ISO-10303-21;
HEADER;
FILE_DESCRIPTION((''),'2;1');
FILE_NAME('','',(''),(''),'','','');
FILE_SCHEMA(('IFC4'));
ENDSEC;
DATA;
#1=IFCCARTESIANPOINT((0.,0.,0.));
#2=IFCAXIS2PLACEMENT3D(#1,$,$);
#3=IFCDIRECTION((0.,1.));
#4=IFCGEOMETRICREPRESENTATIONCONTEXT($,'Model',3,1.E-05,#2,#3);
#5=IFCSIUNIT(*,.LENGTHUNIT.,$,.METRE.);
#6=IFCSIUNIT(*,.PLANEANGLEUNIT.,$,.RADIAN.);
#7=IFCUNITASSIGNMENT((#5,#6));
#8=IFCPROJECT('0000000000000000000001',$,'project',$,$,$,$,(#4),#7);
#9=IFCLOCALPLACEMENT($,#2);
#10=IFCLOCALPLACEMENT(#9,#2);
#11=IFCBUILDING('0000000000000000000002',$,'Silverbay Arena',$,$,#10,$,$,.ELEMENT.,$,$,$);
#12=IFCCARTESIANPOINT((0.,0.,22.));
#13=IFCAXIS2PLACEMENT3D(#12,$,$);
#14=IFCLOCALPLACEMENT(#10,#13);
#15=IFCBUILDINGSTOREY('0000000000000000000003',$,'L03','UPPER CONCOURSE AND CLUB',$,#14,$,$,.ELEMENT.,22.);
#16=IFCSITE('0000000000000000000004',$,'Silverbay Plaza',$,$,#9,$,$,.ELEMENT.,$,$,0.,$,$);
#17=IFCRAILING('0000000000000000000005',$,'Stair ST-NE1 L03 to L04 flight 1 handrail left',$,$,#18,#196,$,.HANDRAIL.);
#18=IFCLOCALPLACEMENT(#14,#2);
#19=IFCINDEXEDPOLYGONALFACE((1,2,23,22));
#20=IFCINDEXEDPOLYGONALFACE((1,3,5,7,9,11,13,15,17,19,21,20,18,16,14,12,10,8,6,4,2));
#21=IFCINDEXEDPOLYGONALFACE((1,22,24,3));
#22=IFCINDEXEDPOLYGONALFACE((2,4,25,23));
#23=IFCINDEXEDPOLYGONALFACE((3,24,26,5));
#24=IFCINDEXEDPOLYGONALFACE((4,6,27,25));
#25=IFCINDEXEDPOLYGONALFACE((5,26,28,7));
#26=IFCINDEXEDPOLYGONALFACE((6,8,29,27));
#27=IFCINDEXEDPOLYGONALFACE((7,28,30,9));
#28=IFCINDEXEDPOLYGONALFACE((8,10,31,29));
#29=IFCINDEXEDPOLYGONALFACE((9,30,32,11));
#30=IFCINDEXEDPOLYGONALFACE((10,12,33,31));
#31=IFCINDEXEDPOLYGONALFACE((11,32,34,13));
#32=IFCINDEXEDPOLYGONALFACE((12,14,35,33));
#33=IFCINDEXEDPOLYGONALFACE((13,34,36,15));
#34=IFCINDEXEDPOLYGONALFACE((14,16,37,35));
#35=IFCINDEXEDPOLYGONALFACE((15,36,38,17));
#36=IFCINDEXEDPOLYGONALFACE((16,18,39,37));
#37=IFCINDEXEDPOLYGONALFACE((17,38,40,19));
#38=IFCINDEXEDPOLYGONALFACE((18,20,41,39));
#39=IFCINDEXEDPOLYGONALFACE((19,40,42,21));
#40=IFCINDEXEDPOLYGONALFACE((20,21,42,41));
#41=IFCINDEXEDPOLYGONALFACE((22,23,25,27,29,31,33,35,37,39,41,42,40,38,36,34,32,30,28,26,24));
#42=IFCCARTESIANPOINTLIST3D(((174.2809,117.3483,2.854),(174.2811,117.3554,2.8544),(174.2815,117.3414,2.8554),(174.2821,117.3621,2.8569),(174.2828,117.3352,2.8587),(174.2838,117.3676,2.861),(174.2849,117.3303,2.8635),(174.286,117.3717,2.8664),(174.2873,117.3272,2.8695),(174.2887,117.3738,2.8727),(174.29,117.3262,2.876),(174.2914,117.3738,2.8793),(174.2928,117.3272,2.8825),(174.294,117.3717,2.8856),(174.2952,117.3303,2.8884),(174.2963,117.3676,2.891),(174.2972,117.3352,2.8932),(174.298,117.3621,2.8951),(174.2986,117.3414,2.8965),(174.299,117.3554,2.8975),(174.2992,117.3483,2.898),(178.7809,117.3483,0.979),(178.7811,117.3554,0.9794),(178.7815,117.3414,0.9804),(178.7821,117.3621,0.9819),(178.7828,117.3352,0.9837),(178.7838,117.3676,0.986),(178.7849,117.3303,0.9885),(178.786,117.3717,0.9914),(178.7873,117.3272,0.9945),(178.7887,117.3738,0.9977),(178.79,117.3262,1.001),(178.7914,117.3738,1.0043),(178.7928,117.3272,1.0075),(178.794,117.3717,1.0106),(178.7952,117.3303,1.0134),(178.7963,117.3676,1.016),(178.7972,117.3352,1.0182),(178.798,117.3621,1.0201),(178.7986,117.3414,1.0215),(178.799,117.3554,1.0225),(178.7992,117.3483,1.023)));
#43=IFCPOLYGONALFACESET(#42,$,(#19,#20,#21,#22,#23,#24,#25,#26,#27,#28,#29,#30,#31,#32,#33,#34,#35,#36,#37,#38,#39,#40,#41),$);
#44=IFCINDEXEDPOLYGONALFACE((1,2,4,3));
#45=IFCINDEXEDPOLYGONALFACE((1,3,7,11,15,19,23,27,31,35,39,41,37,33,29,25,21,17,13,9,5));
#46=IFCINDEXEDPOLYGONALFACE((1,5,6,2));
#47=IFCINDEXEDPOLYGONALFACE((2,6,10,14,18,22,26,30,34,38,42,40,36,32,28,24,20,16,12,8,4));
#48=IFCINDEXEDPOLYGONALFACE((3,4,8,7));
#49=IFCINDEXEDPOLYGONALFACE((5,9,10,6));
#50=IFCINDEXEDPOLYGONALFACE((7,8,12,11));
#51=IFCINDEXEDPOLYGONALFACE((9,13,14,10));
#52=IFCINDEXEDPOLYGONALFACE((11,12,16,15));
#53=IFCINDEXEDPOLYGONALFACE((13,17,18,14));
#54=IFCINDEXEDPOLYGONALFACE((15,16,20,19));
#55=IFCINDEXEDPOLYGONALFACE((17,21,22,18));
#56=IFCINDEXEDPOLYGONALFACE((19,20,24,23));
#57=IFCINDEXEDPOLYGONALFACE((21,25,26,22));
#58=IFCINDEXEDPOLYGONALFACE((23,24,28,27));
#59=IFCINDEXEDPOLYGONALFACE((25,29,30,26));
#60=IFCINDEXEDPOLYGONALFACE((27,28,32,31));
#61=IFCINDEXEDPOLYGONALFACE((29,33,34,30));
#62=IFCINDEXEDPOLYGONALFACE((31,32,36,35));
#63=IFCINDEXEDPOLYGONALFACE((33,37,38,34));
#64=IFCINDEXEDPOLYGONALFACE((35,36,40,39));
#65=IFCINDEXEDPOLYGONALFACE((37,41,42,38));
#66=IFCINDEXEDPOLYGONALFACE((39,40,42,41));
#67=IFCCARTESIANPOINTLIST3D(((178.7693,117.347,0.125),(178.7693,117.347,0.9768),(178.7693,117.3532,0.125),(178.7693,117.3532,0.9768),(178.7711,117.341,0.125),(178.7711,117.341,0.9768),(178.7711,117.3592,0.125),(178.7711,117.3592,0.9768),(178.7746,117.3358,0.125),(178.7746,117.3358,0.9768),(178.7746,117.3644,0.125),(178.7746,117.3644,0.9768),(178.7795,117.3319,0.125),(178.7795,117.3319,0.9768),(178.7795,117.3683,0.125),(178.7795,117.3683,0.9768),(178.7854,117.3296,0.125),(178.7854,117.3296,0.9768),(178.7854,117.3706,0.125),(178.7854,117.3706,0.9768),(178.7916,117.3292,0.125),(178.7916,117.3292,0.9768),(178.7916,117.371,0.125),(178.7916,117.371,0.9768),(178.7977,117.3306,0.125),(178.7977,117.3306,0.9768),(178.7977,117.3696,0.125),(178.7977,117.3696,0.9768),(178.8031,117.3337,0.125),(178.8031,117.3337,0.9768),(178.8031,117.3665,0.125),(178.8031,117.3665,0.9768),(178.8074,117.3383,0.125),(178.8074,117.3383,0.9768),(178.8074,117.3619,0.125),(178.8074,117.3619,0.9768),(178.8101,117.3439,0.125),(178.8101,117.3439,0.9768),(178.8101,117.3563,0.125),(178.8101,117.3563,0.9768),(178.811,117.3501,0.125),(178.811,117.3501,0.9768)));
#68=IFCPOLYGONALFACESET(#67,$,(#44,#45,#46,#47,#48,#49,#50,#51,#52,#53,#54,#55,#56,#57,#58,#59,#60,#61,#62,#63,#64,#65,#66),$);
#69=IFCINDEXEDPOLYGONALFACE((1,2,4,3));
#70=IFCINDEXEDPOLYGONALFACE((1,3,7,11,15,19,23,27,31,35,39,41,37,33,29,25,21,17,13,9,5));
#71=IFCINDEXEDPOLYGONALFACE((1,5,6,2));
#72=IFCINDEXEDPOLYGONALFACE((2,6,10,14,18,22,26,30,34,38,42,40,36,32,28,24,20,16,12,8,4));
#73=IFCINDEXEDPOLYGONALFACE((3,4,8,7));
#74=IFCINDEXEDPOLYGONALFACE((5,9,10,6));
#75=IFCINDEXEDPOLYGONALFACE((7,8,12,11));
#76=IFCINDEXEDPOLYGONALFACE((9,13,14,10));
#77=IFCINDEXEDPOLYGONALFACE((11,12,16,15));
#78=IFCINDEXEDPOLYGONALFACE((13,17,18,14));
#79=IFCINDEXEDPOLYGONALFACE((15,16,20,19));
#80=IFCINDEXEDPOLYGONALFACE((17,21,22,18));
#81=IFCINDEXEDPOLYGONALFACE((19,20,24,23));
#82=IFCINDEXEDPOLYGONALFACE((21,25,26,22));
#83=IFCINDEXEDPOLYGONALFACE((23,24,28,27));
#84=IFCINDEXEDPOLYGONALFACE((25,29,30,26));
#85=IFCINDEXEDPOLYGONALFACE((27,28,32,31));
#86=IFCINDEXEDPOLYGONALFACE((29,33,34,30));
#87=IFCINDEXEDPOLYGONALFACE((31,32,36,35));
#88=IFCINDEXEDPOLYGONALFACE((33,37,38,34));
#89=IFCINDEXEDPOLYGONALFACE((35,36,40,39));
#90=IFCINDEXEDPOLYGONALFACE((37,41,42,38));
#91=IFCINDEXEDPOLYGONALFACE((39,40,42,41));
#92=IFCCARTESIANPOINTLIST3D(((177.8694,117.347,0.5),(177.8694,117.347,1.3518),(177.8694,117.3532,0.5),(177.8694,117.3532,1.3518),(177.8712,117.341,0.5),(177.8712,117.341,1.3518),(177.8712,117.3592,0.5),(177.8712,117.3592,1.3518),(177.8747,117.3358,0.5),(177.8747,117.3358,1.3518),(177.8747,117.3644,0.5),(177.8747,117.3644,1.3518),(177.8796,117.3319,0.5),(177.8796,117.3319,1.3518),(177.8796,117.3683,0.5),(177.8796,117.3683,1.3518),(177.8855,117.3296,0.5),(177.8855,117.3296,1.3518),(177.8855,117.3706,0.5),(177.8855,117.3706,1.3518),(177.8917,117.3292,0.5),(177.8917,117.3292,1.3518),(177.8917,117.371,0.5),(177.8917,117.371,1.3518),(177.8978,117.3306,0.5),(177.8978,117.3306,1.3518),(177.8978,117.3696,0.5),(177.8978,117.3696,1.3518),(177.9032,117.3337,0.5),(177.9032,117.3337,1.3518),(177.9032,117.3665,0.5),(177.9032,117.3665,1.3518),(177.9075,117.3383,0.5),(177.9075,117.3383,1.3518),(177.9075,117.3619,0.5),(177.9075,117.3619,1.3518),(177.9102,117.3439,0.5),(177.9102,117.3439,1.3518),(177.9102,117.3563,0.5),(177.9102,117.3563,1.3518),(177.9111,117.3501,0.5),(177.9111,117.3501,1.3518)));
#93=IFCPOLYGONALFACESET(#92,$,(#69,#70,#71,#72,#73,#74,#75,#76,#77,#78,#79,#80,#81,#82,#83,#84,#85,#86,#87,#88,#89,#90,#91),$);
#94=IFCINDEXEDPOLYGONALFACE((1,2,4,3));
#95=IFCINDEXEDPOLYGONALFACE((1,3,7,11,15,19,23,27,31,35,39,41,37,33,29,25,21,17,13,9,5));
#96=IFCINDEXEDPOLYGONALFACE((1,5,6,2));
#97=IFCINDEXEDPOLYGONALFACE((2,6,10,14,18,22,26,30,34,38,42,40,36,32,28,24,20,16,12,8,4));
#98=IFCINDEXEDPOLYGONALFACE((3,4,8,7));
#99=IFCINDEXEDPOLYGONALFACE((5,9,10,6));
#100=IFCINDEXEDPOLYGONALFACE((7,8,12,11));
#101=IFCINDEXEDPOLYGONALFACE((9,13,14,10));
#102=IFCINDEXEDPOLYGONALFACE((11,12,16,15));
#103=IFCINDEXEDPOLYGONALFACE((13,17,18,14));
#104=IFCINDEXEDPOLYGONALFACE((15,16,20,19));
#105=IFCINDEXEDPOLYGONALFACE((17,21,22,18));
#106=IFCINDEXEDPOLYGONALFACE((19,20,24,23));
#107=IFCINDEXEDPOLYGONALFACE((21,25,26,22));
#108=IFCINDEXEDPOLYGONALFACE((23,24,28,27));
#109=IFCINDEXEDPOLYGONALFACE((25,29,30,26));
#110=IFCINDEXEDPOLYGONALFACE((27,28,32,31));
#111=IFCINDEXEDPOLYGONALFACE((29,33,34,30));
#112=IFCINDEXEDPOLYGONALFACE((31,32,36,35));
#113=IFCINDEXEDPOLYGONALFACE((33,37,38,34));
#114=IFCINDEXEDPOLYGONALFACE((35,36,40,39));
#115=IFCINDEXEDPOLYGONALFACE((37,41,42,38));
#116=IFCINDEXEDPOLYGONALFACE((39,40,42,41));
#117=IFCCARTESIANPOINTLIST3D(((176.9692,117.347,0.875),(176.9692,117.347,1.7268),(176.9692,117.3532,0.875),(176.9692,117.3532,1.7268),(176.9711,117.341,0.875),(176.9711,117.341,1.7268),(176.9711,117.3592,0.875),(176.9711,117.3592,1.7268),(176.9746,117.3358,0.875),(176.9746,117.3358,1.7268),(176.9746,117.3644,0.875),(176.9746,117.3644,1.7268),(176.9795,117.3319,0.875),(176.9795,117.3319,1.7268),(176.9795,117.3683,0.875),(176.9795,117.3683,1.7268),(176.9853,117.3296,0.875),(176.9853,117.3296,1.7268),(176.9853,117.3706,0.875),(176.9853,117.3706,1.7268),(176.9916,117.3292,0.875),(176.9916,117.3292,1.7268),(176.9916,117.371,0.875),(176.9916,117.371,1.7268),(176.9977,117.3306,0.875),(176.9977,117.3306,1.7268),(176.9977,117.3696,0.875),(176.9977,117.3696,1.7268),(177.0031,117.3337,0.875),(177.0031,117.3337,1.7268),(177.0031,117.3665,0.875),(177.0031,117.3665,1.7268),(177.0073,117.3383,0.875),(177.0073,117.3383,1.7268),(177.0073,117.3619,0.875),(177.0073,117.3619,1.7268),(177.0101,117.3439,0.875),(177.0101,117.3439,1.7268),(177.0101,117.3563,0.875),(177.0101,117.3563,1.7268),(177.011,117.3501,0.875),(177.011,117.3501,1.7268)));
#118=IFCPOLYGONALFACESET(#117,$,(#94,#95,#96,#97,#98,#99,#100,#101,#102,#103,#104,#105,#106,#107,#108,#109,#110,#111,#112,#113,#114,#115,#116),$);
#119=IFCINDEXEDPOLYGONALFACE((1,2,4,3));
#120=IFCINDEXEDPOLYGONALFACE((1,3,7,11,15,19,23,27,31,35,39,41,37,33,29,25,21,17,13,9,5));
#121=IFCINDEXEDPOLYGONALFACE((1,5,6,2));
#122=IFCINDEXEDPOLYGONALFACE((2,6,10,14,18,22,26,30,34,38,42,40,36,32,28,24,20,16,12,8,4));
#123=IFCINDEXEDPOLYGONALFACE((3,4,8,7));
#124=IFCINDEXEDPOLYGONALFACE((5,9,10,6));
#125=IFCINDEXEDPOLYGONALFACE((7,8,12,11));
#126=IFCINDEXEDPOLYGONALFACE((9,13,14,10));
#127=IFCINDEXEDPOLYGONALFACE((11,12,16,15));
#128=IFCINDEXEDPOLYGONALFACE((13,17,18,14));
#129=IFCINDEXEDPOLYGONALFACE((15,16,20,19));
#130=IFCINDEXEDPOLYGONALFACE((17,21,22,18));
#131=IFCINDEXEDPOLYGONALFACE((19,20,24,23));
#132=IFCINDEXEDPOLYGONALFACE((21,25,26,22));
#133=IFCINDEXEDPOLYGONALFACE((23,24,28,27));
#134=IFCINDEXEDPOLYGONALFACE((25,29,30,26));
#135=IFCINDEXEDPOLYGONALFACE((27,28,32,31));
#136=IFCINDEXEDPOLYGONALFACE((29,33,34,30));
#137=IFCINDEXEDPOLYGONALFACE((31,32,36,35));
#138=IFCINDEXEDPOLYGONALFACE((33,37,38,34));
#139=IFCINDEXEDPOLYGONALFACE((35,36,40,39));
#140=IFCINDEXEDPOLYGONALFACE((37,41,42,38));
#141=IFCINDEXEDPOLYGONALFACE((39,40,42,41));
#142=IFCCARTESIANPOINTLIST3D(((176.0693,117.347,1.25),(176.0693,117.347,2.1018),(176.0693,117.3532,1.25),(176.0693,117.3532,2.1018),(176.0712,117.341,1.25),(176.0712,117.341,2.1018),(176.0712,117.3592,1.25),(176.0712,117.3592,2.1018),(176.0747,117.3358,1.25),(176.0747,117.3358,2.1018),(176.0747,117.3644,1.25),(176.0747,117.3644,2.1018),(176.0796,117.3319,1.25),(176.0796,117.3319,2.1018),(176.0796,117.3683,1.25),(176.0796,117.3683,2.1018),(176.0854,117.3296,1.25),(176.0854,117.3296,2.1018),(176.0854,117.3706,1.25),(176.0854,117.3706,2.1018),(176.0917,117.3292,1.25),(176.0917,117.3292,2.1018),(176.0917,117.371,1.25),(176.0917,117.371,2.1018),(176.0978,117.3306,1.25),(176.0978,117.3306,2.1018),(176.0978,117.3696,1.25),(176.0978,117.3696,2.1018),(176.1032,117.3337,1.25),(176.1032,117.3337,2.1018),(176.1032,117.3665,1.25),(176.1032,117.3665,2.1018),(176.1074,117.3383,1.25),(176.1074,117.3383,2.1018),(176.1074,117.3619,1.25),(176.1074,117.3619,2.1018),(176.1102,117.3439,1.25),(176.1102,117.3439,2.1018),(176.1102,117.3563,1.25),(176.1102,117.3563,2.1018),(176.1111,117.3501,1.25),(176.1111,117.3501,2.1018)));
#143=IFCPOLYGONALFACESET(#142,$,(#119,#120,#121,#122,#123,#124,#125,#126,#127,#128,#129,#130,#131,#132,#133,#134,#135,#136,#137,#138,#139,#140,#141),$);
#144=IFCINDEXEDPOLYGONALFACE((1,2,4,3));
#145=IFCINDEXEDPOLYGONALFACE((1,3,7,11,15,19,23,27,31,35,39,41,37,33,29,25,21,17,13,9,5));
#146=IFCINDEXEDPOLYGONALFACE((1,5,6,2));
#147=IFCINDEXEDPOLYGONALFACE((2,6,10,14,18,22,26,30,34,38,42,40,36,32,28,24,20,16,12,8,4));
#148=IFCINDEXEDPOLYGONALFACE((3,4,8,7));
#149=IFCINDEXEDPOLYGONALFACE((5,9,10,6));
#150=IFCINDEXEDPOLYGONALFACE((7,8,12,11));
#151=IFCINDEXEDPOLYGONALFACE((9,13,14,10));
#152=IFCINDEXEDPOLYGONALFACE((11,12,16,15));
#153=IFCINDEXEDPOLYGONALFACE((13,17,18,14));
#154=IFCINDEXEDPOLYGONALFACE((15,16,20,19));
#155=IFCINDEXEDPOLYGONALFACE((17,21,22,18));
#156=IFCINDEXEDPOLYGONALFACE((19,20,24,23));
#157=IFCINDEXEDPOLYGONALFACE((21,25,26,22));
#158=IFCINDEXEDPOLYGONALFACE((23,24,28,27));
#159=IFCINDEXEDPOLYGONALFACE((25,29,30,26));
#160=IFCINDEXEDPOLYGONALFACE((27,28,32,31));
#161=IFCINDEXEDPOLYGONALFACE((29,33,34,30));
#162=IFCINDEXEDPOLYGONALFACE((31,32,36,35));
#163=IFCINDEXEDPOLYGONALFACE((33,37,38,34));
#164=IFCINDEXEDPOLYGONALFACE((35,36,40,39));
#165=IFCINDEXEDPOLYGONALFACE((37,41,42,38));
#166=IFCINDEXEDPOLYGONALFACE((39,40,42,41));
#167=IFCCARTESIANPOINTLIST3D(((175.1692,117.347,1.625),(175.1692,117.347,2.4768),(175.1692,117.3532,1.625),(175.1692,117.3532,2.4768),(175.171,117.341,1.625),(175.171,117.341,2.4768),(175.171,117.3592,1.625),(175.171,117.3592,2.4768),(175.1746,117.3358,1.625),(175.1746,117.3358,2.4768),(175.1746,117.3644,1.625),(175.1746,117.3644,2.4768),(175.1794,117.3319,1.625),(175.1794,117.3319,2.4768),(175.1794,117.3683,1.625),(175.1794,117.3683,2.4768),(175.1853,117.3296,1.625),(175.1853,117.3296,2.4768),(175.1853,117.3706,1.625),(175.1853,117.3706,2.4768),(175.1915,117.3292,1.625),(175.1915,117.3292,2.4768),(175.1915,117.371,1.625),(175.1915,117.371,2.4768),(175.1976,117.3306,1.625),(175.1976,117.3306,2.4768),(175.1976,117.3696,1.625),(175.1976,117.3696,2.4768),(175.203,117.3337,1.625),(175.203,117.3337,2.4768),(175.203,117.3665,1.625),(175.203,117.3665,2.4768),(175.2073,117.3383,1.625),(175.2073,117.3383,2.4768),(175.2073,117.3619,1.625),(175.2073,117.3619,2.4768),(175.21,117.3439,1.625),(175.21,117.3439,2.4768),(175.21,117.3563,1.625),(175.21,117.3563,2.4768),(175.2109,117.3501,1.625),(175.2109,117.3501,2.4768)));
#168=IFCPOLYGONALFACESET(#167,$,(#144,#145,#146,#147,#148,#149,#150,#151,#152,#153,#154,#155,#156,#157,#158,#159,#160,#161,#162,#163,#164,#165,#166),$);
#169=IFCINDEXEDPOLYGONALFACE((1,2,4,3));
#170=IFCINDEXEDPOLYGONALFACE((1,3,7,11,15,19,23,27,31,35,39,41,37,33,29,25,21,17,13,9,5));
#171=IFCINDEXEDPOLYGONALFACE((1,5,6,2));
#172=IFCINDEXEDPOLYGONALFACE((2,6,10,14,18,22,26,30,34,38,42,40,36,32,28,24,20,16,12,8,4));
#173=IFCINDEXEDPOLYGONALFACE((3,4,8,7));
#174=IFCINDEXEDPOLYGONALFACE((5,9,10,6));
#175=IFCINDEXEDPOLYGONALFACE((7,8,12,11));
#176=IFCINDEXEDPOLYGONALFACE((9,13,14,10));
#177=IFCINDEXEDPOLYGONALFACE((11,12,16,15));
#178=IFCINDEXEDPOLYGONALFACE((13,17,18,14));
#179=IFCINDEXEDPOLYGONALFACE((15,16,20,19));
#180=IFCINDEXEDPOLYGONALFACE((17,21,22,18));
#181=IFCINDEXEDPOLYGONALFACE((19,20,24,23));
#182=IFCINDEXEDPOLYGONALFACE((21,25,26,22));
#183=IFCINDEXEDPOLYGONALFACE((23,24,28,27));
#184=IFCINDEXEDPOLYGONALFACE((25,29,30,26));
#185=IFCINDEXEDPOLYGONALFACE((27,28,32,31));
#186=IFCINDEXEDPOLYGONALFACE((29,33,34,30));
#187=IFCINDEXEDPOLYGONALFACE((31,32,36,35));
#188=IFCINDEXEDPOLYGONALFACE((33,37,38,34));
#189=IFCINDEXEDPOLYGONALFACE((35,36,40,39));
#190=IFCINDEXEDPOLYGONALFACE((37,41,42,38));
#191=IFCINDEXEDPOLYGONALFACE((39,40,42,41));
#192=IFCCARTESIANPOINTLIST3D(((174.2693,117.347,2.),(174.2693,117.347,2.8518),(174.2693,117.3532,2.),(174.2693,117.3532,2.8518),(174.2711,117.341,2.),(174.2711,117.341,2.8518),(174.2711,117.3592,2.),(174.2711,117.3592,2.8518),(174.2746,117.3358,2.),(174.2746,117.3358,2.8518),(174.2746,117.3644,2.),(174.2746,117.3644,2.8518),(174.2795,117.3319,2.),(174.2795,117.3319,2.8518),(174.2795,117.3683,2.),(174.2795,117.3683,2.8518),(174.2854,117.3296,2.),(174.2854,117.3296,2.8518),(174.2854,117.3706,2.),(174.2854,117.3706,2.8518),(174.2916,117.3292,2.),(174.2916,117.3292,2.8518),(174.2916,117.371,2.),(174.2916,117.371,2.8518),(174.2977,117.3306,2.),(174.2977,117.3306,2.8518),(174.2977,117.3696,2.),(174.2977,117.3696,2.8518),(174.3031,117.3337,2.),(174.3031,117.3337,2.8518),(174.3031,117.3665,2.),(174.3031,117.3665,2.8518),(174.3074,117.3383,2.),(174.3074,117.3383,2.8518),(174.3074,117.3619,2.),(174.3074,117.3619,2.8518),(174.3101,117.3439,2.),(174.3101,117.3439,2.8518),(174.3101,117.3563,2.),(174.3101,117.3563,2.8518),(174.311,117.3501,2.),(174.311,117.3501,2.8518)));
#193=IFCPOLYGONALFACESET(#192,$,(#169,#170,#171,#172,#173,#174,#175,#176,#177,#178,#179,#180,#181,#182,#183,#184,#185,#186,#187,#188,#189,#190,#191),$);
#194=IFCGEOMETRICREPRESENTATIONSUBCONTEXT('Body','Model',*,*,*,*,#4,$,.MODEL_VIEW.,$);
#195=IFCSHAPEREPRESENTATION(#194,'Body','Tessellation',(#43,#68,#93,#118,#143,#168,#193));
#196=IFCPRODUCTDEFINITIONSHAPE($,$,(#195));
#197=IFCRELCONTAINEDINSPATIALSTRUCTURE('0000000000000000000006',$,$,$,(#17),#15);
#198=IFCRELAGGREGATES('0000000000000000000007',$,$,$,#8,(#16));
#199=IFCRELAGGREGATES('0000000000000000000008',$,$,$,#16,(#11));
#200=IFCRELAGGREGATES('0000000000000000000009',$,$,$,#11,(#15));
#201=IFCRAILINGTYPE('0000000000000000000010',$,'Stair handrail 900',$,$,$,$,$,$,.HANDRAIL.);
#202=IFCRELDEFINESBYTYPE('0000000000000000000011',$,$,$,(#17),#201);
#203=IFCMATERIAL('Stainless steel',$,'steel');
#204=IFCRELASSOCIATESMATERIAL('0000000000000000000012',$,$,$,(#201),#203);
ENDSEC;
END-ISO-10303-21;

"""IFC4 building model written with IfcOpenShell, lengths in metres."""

from ifc_helpers import new_model, si_unit, direction, frame, origin, origin_2d, place, context, subcontext, project, spatial, circle, extrude, material, type_object, element, save


model = new_model("IFC4")

# Units and contexts
model_context = context("Model", 3, precision=1e-05, world=origin(), true_north=direction((0.0, 1.0)))
body_context = subcontext(model_context, "Body", "Model", "MODEL_VIEW")
ifc_project = project(units=[si_unit("LENGTHUNIT", "METRE"), si_unit("PLANEANGLEUNIT", "RADIAN")], contexts=[model_context])

# Site, building, storey
site_placement = place(None, origin())
site = spatial("IfcSite", under=ifc_project, at=site_placement, Name="Silverbay Plaza", CompositionType="ELEMENT", RefElevation=0.0)
building_placement = place(site_placement, origin())
building = spatial("IfcBuilding", under=site, at=building_placement, Name="Silverbay Arena", CompositionType="ELEMENT")
storey_placement = place(building_placement, frame((0.0, 0.0, 22.0)))
storey = spatial("IfcBuildingStorey", under=building, at=storey_placement, Name="L03", Description="UPPER CONCOURSE AND CLUB", CompositionType="ELEMENT", Elevation=22.0)

# Railing
ifc_material_1 = material(Name="Stainless steel", Category="steel")
railing_type = type_object("IfcRailingType", Name="Stair handrail 900", PredefinedType="HANDRAIL", material=ifc_material_1)
for number, where, name in (
    (1, (178.79, 117.3501, 0.125), "Stair ST-NE1 L03 to L04 flight 1 handrail left"),
):
    element("IfcRailing", number, at=place(storey_placement, frame(where)), inside=storey, type_object=railing_type, Name=name, PredefinedType="HANDRAIL", context=body_context, shape_type="SweptSolid", body=[
        extrude(circle(Radius=0.0239, at=origin_2d()), frame((0.0, 0.0, 0.876), z_axis=(-0.923077, 0.0, 0.384615), x_axis=(0.0, -1.0, 0.0)), (0.0, 0.0, 1.0), 4.875),
        extrude(circle(Radius=0.021, at=origin_2d()), origin(), (0.0, 0.0, 1.0), 0.8518),
        extrude(circle(Radius=0.021, at=origin_2d()), frame((-0.8999, 0.0, 0.375)), (0.0, 0.0, 1.0), 0.8518),
        extrude(circle(Radius=0.021, at=origin_2d()), frame((-1.8, 0.0, 0.75)), (0.0, 0.0, 1.0), 0.8518),
        extrude(circle(Radius=0.021, at=origin_2d()), frame((-2.7, 0.0, 1.125)), (0.0, 0.0, 1.0), 0.8518),
        extrude(circle(Radius=0.021, at=origin_2d()), frame((-3.6001, 0.0, 1.5)), (0.0, 0.0, 1.0), 0.8518),
        extrude(circle(Radius=0.021, at=origin_2d()), frame((-4.5, 0.0, 1.875)), (0.0, 0.0, 1.0), 0.8518),
    ])

save(model, "model.ifc")
